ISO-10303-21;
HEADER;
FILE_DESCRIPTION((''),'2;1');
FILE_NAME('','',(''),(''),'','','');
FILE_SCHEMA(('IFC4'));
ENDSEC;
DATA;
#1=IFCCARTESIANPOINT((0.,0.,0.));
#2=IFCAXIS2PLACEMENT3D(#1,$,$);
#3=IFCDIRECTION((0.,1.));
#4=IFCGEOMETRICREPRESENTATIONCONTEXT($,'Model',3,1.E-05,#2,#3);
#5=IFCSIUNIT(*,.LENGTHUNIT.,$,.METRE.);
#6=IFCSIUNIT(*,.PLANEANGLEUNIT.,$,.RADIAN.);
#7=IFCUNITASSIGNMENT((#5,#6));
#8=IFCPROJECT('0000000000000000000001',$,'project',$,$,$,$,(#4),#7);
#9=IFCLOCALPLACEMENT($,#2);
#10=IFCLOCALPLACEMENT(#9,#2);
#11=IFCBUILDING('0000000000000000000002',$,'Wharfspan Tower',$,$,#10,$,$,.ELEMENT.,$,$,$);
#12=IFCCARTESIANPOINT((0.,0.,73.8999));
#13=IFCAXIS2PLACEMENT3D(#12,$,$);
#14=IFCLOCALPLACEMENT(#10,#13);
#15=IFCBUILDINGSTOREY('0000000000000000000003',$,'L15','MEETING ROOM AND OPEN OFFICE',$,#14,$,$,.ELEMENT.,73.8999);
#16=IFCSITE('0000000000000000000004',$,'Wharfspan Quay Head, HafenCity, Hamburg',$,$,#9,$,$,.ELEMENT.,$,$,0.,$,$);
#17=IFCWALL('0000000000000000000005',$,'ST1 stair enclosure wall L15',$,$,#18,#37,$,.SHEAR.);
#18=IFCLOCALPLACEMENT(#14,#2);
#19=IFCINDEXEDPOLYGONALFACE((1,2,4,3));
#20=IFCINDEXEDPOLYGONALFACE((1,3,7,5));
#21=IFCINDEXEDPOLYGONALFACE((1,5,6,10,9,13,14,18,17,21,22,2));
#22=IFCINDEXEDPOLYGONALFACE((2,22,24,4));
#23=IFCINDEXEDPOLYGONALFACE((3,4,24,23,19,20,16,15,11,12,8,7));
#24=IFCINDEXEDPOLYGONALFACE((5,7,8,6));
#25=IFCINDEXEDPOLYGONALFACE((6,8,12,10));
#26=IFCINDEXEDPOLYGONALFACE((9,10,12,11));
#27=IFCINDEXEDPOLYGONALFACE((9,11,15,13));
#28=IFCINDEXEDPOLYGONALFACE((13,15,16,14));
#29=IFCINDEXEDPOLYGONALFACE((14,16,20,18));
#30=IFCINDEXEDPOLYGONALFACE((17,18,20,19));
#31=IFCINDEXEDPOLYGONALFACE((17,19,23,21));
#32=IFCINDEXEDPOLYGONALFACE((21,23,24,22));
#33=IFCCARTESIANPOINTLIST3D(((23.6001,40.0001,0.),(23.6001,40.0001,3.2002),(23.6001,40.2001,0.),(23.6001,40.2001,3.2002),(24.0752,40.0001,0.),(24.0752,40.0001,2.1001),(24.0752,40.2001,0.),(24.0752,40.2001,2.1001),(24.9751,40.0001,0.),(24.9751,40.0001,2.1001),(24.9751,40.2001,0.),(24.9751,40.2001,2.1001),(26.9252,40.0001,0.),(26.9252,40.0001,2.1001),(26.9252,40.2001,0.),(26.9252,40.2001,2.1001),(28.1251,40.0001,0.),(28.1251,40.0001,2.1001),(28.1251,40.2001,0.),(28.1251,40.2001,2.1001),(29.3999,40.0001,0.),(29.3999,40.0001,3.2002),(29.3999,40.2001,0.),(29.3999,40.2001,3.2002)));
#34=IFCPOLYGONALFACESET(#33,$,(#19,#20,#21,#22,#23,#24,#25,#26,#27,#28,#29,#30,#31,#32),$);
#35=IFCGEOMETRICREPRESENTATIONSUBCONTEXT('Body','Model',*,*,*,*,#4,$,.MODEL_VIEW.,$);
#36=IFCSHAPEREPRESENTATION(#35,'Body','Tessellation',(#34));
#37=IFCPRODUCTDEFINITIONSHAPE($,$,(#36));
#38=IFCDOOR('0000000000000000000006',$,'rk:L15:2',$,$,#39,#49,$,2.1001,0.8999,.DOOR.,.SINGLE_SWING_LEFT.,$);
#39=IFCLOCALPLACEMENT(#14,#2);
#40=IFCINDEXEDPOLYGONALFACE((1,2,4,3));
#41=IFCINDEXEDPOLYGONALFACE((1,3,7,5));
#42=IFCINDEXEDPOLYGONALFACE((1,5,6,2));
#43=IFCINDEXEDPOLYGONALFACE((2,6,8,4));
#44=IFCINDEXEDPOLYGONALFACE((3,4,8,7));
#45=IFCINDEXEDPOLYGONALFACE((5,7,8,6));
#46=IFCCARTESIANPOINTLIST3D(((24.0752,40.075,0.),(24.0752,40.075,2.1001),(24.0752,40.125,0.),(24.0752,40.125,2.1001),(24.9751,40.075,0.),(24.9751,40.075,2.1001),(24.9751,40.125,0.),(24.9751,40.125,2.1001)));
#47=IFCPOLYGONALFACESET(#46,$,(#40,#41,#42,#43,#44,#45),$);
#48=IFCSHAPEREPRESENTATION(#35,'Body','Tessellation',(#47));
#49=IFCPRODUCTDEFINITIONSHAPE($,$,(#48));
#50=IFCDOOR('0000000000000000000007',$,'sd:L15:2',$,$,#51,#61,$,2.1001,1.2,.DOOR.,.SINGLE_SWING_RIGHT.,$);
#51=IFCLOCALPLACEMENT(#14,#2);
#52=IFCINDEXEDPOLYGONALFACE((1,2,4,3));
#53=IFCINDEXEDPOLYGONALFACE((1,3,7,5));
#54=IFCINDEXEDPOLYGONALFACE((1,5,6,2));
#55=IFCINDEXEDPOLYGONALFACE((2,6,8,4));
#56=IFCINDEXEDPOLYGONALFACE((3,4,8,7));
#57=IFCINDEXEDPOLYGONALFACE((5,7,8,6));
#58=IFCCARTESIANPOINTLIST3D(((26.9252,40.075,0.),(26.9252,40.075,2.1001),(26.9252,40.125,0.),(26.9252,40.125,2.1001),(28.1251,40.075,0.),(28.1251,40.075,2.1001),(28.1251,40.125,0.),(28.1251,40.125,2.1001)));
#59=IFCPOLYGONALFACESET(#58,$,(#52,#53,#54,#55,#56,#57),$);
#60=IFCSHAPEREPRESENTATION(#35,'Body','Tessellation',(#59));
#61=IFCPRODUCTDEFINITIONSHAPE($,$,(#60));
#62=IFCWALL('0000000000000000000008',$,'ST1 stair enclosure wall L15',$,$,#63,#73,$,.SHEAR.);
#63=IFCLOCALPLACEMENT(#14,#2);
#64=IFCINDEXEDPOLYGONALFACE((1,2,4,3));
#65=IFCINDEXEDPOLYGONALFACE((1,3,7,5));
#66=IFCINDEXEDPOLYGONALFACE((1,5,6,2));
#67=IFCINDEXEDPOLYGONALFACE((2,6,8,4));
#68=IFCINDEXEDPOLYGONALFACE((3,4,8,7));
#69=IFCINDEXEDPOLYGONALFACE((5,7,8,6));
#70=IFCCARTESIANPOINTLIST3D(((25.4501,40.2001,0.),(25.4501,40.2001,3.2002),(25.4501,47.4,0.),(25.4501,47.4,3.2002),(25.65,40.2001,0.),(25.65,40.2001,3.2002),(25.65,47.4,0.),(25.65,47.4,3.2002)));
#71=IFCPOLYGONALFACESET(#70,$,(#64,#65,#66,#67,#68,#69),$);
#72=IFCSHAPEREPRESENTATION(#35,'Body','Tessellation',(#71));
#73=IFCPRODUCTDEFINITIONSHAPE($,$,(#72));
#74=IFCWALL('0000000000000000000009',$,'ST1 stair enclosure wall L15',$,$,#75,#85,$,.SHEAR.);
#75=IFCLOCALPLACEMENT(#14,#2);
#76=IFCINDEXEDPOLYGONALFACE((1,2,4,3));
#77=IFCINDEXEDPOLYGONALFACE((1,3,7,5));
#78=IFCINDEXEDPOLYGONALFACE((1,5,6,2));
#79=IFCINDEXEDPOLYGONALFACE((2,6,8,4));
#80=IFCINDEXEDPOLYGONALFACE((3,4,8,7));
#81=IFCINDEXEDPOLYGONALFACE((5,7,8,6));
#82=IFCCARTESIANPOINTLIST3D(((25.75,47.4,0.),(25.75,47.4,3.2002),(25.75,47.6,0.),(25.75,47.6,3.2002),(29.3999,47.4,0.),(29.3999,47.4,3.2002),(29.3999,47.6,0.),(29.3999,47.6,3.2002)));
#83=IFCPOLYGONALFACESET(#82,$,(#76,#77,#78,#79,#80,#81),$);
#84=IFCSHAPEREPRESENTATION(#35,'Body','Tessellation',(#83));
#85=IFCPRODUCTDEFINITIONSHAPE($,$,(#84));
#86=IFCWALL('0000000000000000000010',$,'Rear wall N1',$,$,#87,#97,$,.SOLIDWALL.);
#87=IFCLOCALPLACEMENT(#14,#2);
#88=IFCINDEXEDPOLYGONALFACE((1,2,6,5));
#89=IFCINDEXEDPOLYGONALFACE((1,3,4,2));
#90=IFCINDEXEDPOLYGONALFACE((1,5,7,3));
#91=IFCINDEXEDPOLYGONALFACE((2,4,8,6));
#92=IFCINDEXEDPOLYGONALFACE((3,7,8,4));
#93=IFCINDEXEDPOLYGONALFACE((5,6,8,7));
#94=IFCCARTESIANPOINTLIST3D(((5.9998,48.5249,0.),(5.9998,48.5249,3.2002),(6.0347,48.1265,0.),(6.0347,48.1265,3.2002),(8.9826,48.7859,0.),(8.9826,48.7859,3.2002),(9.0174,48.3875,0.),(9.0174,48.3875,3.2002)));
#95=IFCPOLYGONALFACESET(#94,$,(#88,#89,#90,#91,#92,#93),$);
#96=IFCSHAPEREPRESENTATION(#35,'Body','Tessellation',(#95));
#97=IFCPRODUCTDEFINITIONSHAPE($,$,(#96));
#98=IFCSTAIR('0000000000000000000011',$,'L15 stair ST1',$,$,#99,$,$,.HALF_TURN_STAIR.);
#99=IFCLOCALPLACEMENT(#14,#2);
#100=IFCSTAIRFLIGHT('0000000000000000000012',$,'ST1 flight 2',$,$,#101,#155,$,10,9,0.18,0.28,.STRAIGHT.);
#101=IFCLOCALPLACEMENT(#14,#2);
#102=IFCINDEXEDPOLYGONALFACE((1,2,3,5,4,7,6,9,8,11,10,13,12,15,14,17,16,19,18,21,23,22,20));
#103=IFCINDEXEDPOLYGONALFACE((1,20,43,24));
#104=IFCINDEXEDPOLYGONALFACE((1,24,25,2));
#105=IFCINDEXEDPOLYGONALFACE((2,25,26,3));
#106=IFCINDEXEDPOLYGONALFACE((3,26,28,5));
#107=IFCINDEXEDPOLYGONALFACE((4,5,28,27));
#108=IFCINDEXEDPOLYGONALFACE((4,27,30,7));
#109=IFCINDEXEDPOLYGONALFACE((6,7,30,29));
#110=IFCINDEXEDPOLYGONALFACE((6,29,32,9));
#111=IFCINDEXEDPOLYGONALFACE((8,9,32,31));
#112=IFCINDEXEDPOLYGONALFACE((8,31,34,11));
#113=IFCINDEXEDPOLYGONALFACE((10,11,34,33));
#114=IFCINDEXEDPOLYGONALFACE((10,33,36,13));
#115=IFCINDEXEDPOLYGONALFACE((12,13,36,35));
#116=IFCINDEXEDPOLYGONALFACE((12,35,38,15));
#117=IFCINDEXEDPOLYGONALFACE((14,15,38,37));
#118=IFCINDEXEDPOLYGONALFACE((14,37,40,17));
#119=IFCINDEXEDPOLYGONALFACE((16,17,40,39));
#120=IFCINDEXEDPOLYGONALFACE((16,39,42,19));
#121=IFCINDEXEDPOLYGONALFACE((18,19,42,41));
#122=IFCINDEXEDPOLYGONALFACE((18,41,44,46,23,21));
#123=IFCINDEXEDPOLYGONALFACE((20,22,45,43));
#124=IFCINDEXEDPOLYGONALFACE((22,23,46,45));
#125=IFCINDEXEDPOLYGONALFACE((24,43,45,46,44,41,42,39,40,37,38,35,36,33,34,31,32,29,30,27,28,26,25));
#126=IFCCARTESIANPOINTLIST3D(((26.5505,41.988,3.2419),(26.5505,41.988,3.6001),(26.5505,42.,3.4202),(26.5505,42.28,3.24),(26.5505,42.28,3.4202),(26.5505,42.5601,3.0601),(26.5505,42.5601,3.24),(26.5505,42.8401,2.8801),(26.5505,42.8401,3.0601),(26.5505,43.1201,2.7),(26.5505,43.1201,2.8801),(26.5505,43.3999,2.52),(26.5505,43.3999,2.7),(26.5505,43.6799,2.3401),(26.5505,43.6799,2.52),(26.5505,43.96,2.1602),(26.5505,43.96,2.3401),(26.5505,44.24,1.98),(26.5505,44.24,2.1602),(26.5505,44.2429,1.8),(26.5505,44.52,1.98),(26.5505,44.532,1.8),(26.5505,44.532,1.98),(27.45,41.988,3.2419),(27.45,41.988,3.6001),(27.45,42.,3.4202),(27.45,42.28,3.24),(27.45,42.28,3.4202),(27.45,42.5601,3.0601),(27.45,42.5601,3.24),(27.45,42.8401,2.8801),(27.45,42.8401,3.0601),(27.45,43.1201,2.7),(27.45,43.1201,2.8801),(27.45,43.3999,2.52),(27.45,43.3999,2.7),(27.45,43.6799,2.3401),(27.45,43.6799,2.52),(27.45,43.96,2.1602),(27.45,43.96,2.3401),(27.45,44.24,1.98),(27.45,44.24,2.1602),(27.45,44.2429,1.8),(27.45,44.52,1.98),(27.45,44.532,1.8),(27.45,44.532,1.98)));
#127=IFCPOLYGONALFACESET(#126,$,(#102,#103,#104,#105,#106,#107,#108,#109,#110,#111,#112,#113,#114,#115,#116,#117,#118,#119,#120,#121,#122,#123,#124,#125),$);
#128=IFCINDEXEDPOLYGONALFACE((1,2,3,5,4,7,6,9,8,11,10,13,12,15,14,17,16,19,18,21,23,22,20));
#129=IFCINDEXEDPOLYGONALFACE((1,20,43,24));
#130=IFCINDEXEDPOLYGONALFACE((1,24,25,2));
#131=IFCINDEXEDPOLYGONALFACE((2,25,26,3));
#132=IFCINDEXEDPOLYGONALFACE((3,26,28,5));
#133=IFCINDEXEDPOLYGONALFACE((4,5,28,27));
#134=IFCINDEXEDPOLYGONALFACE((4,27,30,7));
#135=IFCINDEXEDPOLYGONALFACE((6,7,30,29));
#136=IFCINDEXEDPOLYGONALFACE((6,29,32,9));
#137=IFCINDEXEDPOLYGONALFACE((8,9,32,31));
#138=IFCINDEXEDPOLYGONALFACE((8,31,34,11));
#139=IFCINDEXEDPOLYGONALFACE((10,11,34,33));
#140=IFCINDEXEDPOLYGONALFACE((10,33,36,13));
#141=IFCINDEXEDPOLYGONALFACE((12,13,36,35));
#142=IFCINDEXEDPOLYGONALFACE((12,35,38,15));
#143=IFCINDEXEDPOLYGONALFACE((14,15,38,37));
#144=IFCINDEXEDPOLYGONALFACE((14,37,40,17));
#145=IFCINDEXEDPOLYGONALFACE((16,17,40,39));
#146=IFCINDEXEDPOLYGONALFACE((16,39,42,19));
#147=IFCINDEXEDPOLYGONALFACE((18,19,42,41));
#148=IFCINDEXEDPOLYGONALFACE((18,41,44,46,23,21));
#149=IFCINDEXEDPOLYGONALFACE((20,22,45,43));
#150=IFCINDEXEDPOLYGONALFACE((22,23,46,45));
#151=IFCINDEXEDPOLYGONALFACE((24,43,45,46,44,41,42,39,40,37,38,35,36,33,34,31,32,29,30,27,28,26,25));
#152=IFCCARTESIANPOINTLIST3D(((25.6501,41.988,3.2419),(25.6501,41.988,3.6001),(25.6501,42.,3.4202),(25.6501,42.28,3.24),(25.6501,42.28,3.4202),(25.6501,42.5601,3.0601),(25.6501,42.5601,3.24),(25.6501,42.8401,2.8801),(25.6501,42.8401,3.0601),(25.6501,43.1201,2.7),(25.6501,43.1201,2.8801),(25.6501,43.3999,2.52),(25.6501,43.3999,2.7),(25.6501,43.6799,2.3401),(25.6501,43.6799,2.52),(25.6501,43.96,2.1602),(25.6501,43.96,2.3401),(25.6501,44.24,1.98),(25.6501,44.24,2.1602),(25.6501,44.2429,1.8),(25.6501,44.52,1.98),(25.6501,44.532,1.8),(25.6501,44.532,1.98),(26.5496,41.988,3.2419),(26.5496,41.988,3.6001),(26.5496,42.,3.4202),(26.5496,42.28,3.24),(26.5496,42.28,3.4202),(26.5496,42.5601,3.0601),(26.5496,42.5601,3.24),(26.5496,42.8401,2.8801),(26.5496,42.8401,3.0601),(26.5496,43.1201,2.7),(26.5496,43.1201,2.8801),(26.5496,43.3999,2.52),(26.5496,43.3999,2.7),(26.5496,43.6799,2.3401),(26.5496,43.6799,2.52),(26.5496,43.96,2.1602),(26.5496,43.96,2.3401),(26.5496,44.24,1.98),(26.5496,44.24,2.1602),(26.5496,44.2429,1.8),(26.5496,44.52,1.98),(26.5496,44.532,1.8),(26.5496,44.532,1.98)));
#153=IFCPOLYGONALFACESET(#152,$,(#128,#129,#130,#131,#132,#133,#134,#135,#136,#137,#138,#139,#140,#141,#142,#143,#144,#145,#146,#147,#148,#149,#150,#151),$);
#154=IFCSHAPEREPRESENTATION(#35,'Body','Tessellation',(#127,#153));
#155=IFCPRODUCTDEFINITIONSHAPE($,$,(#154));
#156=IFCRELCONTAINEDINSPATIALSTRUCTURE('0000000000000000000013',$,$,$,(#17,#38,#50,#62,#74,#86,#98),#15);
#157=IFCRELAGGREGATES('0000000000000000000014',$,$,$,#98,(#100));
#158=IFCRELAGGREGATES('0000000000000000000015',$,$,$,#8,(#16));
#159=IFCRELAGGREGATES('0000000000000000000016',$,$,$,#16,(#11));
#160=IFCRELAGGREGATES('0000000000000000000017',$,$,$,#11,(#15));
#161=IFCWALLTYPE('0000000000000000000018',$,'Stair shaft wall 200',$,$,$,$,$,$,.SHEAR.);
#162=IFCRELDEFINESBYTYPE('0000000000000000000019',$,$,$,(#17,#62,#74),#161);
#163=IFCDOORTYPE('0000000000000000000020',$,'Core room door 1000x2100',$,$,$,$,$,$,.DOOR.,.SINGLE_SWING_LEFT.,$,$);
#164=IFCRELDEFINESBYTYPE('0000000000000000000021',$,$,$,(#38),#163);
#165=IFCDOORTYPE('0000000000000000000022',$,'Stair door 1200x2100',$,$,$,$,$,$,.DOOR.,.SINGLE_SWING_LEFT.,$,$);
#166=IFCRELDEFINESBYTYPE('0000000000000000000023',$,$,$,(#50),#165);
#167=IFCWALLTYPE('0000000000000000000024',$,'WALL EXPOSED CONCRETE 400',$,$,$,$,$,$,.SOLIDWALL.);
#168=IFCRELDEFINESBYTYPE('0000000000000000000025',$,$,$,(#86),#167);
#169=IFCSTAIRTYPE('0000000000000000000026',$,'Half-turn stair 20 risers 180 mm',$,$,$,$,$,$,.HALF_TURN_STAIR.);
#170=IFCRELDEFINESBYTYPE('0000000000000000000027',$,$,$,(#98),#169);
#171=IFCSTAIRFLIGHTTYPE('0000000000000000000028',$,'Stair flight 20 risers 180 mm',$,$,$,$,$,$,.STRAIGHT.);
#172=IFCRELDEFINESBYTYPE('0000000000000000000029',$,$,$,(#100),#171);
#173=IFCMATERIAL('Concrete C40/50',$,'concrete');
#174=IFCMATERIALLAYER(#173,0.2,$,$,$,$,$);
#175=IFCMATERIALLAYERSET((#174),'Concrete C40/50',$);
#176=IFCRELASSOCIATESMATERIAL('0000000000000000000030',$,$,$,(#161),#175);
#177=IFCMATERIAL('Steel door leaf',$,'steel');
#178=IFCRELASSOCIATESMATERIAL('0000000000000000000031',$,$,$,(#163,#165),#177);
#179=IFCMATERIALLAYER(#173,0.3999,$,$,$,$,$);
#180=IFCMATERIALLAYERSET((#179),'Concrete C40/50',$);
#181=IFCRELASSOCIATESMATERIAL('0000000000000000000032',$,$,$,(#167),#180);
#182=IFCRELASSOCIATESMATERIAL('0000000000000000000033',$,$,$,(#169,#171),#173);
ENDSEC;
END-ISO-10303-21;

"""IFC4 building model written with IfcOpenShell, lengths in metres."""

from ifc_helpers import new_model, si_unit, direction, frame, frame_2d, origin, place, context, subcontext, project, spatial, polyline, rectangle, outline, extrude, material, layer, layer_set, type_object, element, fill, aggregate, save


model = new_model("IFC4")

# Units and contexts
model_context = context("Model", 3, precision=1e-05, world=origin(), true_north=direction((0.0, 1.0)))
body_context = subcontext(model_context, "Body", "Model", "MODEL_VIEW")
ifc_project = project(units=[si_unit("LENGTHUNIT", "METRE"), si_unit("PLANEANGLEUNIT", "RADIAN")], contexts=[model_context])

# Site, building, storey
site_placement = place(None, origin())
site = spatial("IfcSite", under=ifc_project, at=site_placement, Name="Wharfspan Quay Head, HafenCity, Hamburg", CompositionType="ELEMENT", RefElevation=0.0)
building_placement = place(site_placement, origin())
building = spatial("IfcBuilding", under=site, at=building_placement, Name="Wharfspan Tower", CompositionType="ELEMENT")
storey_placement = place(building_placement, frame((0.0, 0.0, 73.8999)))
storey = spatial("IfcBuildingStorey", under=building, at=storey_placement, Name="L15", Description="MEETING ROOM AND OPEN OFFICE", CompositionType="ELEMENT", Elevation=73.8999)

# Wall, openings, doors
ifc_material_1 = material(Name="Concrete C40/50", Category="concrete")
ifc_layer_1 = layer(ifc_material_1, 0.2)
ifc_layer_set_1 = layer_set([ifc_layer_1], Name="Concrete C40/50")
wall_type_1 = type_object("IfcWallType", Name="Stair shaft wall 200", PredefinedType="SHEAR", material=ifc_layer_set_1)
wall_1_placement = place(storey_placement, frame((23.6001, 40.1001, 0.0), z_axis=(0.0, 0.0, 1.0), x_axis=(1.0, 0.0, 0.0)))
wall_1 = element("IfcWall", 1, at=wall_1_placement, inside=storey, type_object=wall_type_1, Name="ST1 stair enclosure wall L15", PredefinedType="SHEAR", context=body_context, shape_type="SweptSolid", body=[
    extrude(rectangle(XDim=5.7998, YDim=0.2, at=frame_2d((2.8999, 0.0))), origin(), (0.0, 0.0, 1.0), 3.2002),
])
opening_1_placement = place(wall_1_placement, frame((3.325, 0.0, 0.0)))
opening_1 = element("IfcOpeningElement", 2, at=opening_1_placement, cuts=wall_1, PredefinedType="OPENING", context=body_context, shape_type="SweptSolid", body=[
    extrude(rectangle(XDim=1.2, YDim=2.1001, at=frame_2d((0.6001, 1.05))), frame((0.0, 0.1099, 0.0), z_axis=(0.0, -1.0, 0.0), x_axis=(1.0, 0.0, 0.0)), (0.0, 0.0, 1.0), 0.22),
])
opening_2_placement = place(wall_1_placement, frame((0.4751, 0.0, 0.0)))
opening_2 = element("IfcOpeningElement", 3, at=opening_2_placement, cuts=wall_1, PredefinedType="OPENING", context=body_context, shape_type="SweptSolid", body=[
    extrude(rectangle(XDim=0.8999, YDim=2.1001, at=frame_2d((0.45, 1.05))), frame((0.0, 0.1099, 0.0), z_axis=(0.0, -1.0, 0.0), x_axis=(1.0, 0.0, 0.0)), (0.0, 0.0, 1.0), 0.22),
])
ifc_material_2 = material(Name="Steel door leaf", Category="steel")
door_type_1 = type_object("IfcDoorType", Name="Core room door 1000x2100", OperationType="SINGLE_SWING_LEFT", PredefinedType="DOOR", material=ifc_material_2)
door_1_placement = place(opening_2_placement, origin())
door_1 = element("IfcDoor", 4, at=door_1_placement, inside=storey, type_object=door_type_1, Name="rk:L15:2", OperationType="SINGLE_SWING_LEFT", OverallHeight=2.1001, OverallWidth=0.8999, PredefinedType="DOOR", context=body_context, shape_type="SweptSolid", body=[
    extrude(rectangle(XDim=0.8999, YDim=2.1001, at=frame_2d((0.45, 1.05))), frame((0.0, 0.0249, 0.0), z_axis=(0.0, -1.0, 0.0), x_axis=(1.0, 0.0, 0.0)), (0.0, 0.0, 1.0), 0.05),
])
fill(opening_2, door_1)
door_type_2 = type_object("IfcDoorType", Name="Stair door 1200x2100", OperationType="SINGLE_SWING_LEFT", PredefinedType="DOOR", material=ifc_material_2)
door_2_placement = place(opening_1_placement, origin())
door_2 = element("IfcDoor", 5, at=door_2_placement, inside=storey, type_object=door_type_2, Name="sd:L15:2", OperationType="SINGLE_SWING_RIGHT", OverallHeight=2.1001, OverallWidth=1.2, PredefinedType="DOOR", context=body_context, shape_type="SweptSolid", body=[
    extrude(rectangle(XDim=1.2, YDim=2.1001, at=frame_2d((0.6001, 1.05))), frame((0.0, 0.0249, 0.0), z_axis=(0.0, -1.0, 0.0), x_axis=(1.0, 0.0, 0.0)), (0.0, 0.0, 1.0), 0.05),
])
fill(opening_1, door_2)

# Walls
wall_2_placement = place(storey_placement, frame((25.55, 40.2, 0.0), z_axis=(0.0, 0.0, 1.0), x_axis=(0.0, 1.0, 0.0)))
element("IfcWall", 6, at=wall_2_placement, inside=storey, type_object=wall_type_1, Name="ST1 stair enclosure wall L15", PredefinedType="SHEAR", context=body_context, shape_type="SweptSolid", body=[
    extrude(rectangle(XDim=7.2, YDim=0.2, at=frame_2d((3.6001, 0.0))), origin(), (0.0, 0.0, 1.0), 3.2002),
])
wall_3_placement = place(storey_placement, frame((25.75, 47.5, 0.0), z_axis=(0.0, 0.0, 1.0), x_axis=(1.0, 0.0, 0.0)))
element("IfcWall", 7, at=wall_3_placement, inside=storey, type_object=wall_type_1, Name="ST1 stair enclosure wall L15", PredefinedType="SHEAR", context=body_context, shape_type="SweptSolid", body=[
    extrude(rectangle(XDim=3.6499, YDim=0.2, at=frame_2d((1.825, 0.0))), origin(), (0.0, 0.0, 1.0), 3.2002),
])
ifc_layer_2 = layer(ifc_material_1, 0.3999)
ifc_layer_set_2 = layer_set([ifc_layer_2], Name="Concrete C40/50")
wall_type_2 = type_object("IfcWallType", Name="WALL EXPOSED CONCRETE 400", PredefinedType="SOLIDWALL", material=ifc_layer_set_2)
wall_4_placement = place(storey_placement, frame((9.0, 48.5867, 0.0), z_axis=(0.0, 0.0, 1.0), x_axis=(-0.996194, -0.087168, 0.0)))
element("IfcWall", 8, at=wall_4_placement, inside=storey, type_object=wall_type_2, Name="Rear wall N1", PredefinedType="SOLIDWALL", context=body_context, shape_type="SweptSolid", body=[
    extrude(rectangle(XDim=2.9941, YDim=0.3999, at=frame_2d((1.4971, 0.0))), origin(), (0.0, 0.0, 1.0), 3.2002),
])

# Stair, stair flight
stair_type = type_object("IfcStairType", Name="Half-turn stair 20 risers 180 mm", PredefinedType="HALF_TURN_STAIR", material=ifc_material_1)
stair_placement = place(storey_placement, origin())
stair = element("IfcStair", 9, at=stair_placement, inside=storey, type_object=stair_type, Name="L15 stair ST1", PredefinedType="HALF_TURN_STAIR")
stair_flight_type = type_object("IfcStairFlightType", Name="Stair flight 20 risers 180 mm", PredefinedType="STRAIGHT", material=ifc_material_1)
stair_flight_placement = place(storey_placement, frame((26.55, 44.52, 1.8), z_axis=(0.0, 0.0, 1.0), x_axis=(0.0, -1.0, 0.0)))
stair_flight = element("IfcStairFlight", 10, at=stair_flight_placement, type_object=stair_flight_type, Name="ST1 flight 2", NumberOfRisers=10, NumberOfTreads=9, PredefinedType="STRAIGHT", RiserHeight=0.18, TreadLength=0.28, context=body_context, shape_type="SweptSolid", body=[
    extrude(outline(polyline([(-0.012, 0.0), (-0.012, 0.1799), (0.0, 0.1799), (0.28, 0.1799), (0.28, 0.3601), (0.5601, 0.3601), (0.5601, 0.54), (0.8401, 0.54), (0.8401, 0.72), (1.1201, 0.72), (1.1201, 0.8999), (1.3999, 0.8999), (1.3999, 1.0801), (1.6799, 1.0801), (1.6799, 1.26), (1.96, 1.26), (1.96, 1.4399), (2.24, 1.4399), (2.24, 1.6201), (2.52, 1.6201), (2.532, 1.8), (2.532, 1.4419), (0.2771, 0.0), (-0.012, 0.0)])), frame((0.0, 0.8999, 0.0), z_axis=(0.0, -1.0, 0.0), x_axis=(1.0, 0.0, 0.0)), (0.0, 0.0, 1.0), 0.8994),
    extrude(outline(polyline([(-0.012, 0.0), (-0.012, 0.1799), (0.0, 0.1799), (0.28, 0.1799), (0.28, 0.3601), (0.5601, 0.3601), (0.5601, 0.54), (0.8401, 0.54), (0.8401, 0.72), (1.1201, 0.72), (1.1201, 0.8999), (1.3999, 0.8999), (1.3999, 1.0801), (1.6799, 1.0801), (1.6799, 1.26), (1.96, 1.26), (1.96, 1.4399), (2.24, 1.4399), (2.24, 1.6201), (2.52, 1.6201), (2.532, 1.8), (2.532, 1.4419), (0.2771, 0.0), (-0.012, 0.0)])), frame((0.0, -0.0005, 0.0), z_axis=(0.0, -1.0, 0.0), x_axis=(1.0, 0.0, 0.0)), (0.0, 0.0, 1.0), 0.8994),
])
aggregate(stair, [stair_flight])

save(model, "model.ifc")
